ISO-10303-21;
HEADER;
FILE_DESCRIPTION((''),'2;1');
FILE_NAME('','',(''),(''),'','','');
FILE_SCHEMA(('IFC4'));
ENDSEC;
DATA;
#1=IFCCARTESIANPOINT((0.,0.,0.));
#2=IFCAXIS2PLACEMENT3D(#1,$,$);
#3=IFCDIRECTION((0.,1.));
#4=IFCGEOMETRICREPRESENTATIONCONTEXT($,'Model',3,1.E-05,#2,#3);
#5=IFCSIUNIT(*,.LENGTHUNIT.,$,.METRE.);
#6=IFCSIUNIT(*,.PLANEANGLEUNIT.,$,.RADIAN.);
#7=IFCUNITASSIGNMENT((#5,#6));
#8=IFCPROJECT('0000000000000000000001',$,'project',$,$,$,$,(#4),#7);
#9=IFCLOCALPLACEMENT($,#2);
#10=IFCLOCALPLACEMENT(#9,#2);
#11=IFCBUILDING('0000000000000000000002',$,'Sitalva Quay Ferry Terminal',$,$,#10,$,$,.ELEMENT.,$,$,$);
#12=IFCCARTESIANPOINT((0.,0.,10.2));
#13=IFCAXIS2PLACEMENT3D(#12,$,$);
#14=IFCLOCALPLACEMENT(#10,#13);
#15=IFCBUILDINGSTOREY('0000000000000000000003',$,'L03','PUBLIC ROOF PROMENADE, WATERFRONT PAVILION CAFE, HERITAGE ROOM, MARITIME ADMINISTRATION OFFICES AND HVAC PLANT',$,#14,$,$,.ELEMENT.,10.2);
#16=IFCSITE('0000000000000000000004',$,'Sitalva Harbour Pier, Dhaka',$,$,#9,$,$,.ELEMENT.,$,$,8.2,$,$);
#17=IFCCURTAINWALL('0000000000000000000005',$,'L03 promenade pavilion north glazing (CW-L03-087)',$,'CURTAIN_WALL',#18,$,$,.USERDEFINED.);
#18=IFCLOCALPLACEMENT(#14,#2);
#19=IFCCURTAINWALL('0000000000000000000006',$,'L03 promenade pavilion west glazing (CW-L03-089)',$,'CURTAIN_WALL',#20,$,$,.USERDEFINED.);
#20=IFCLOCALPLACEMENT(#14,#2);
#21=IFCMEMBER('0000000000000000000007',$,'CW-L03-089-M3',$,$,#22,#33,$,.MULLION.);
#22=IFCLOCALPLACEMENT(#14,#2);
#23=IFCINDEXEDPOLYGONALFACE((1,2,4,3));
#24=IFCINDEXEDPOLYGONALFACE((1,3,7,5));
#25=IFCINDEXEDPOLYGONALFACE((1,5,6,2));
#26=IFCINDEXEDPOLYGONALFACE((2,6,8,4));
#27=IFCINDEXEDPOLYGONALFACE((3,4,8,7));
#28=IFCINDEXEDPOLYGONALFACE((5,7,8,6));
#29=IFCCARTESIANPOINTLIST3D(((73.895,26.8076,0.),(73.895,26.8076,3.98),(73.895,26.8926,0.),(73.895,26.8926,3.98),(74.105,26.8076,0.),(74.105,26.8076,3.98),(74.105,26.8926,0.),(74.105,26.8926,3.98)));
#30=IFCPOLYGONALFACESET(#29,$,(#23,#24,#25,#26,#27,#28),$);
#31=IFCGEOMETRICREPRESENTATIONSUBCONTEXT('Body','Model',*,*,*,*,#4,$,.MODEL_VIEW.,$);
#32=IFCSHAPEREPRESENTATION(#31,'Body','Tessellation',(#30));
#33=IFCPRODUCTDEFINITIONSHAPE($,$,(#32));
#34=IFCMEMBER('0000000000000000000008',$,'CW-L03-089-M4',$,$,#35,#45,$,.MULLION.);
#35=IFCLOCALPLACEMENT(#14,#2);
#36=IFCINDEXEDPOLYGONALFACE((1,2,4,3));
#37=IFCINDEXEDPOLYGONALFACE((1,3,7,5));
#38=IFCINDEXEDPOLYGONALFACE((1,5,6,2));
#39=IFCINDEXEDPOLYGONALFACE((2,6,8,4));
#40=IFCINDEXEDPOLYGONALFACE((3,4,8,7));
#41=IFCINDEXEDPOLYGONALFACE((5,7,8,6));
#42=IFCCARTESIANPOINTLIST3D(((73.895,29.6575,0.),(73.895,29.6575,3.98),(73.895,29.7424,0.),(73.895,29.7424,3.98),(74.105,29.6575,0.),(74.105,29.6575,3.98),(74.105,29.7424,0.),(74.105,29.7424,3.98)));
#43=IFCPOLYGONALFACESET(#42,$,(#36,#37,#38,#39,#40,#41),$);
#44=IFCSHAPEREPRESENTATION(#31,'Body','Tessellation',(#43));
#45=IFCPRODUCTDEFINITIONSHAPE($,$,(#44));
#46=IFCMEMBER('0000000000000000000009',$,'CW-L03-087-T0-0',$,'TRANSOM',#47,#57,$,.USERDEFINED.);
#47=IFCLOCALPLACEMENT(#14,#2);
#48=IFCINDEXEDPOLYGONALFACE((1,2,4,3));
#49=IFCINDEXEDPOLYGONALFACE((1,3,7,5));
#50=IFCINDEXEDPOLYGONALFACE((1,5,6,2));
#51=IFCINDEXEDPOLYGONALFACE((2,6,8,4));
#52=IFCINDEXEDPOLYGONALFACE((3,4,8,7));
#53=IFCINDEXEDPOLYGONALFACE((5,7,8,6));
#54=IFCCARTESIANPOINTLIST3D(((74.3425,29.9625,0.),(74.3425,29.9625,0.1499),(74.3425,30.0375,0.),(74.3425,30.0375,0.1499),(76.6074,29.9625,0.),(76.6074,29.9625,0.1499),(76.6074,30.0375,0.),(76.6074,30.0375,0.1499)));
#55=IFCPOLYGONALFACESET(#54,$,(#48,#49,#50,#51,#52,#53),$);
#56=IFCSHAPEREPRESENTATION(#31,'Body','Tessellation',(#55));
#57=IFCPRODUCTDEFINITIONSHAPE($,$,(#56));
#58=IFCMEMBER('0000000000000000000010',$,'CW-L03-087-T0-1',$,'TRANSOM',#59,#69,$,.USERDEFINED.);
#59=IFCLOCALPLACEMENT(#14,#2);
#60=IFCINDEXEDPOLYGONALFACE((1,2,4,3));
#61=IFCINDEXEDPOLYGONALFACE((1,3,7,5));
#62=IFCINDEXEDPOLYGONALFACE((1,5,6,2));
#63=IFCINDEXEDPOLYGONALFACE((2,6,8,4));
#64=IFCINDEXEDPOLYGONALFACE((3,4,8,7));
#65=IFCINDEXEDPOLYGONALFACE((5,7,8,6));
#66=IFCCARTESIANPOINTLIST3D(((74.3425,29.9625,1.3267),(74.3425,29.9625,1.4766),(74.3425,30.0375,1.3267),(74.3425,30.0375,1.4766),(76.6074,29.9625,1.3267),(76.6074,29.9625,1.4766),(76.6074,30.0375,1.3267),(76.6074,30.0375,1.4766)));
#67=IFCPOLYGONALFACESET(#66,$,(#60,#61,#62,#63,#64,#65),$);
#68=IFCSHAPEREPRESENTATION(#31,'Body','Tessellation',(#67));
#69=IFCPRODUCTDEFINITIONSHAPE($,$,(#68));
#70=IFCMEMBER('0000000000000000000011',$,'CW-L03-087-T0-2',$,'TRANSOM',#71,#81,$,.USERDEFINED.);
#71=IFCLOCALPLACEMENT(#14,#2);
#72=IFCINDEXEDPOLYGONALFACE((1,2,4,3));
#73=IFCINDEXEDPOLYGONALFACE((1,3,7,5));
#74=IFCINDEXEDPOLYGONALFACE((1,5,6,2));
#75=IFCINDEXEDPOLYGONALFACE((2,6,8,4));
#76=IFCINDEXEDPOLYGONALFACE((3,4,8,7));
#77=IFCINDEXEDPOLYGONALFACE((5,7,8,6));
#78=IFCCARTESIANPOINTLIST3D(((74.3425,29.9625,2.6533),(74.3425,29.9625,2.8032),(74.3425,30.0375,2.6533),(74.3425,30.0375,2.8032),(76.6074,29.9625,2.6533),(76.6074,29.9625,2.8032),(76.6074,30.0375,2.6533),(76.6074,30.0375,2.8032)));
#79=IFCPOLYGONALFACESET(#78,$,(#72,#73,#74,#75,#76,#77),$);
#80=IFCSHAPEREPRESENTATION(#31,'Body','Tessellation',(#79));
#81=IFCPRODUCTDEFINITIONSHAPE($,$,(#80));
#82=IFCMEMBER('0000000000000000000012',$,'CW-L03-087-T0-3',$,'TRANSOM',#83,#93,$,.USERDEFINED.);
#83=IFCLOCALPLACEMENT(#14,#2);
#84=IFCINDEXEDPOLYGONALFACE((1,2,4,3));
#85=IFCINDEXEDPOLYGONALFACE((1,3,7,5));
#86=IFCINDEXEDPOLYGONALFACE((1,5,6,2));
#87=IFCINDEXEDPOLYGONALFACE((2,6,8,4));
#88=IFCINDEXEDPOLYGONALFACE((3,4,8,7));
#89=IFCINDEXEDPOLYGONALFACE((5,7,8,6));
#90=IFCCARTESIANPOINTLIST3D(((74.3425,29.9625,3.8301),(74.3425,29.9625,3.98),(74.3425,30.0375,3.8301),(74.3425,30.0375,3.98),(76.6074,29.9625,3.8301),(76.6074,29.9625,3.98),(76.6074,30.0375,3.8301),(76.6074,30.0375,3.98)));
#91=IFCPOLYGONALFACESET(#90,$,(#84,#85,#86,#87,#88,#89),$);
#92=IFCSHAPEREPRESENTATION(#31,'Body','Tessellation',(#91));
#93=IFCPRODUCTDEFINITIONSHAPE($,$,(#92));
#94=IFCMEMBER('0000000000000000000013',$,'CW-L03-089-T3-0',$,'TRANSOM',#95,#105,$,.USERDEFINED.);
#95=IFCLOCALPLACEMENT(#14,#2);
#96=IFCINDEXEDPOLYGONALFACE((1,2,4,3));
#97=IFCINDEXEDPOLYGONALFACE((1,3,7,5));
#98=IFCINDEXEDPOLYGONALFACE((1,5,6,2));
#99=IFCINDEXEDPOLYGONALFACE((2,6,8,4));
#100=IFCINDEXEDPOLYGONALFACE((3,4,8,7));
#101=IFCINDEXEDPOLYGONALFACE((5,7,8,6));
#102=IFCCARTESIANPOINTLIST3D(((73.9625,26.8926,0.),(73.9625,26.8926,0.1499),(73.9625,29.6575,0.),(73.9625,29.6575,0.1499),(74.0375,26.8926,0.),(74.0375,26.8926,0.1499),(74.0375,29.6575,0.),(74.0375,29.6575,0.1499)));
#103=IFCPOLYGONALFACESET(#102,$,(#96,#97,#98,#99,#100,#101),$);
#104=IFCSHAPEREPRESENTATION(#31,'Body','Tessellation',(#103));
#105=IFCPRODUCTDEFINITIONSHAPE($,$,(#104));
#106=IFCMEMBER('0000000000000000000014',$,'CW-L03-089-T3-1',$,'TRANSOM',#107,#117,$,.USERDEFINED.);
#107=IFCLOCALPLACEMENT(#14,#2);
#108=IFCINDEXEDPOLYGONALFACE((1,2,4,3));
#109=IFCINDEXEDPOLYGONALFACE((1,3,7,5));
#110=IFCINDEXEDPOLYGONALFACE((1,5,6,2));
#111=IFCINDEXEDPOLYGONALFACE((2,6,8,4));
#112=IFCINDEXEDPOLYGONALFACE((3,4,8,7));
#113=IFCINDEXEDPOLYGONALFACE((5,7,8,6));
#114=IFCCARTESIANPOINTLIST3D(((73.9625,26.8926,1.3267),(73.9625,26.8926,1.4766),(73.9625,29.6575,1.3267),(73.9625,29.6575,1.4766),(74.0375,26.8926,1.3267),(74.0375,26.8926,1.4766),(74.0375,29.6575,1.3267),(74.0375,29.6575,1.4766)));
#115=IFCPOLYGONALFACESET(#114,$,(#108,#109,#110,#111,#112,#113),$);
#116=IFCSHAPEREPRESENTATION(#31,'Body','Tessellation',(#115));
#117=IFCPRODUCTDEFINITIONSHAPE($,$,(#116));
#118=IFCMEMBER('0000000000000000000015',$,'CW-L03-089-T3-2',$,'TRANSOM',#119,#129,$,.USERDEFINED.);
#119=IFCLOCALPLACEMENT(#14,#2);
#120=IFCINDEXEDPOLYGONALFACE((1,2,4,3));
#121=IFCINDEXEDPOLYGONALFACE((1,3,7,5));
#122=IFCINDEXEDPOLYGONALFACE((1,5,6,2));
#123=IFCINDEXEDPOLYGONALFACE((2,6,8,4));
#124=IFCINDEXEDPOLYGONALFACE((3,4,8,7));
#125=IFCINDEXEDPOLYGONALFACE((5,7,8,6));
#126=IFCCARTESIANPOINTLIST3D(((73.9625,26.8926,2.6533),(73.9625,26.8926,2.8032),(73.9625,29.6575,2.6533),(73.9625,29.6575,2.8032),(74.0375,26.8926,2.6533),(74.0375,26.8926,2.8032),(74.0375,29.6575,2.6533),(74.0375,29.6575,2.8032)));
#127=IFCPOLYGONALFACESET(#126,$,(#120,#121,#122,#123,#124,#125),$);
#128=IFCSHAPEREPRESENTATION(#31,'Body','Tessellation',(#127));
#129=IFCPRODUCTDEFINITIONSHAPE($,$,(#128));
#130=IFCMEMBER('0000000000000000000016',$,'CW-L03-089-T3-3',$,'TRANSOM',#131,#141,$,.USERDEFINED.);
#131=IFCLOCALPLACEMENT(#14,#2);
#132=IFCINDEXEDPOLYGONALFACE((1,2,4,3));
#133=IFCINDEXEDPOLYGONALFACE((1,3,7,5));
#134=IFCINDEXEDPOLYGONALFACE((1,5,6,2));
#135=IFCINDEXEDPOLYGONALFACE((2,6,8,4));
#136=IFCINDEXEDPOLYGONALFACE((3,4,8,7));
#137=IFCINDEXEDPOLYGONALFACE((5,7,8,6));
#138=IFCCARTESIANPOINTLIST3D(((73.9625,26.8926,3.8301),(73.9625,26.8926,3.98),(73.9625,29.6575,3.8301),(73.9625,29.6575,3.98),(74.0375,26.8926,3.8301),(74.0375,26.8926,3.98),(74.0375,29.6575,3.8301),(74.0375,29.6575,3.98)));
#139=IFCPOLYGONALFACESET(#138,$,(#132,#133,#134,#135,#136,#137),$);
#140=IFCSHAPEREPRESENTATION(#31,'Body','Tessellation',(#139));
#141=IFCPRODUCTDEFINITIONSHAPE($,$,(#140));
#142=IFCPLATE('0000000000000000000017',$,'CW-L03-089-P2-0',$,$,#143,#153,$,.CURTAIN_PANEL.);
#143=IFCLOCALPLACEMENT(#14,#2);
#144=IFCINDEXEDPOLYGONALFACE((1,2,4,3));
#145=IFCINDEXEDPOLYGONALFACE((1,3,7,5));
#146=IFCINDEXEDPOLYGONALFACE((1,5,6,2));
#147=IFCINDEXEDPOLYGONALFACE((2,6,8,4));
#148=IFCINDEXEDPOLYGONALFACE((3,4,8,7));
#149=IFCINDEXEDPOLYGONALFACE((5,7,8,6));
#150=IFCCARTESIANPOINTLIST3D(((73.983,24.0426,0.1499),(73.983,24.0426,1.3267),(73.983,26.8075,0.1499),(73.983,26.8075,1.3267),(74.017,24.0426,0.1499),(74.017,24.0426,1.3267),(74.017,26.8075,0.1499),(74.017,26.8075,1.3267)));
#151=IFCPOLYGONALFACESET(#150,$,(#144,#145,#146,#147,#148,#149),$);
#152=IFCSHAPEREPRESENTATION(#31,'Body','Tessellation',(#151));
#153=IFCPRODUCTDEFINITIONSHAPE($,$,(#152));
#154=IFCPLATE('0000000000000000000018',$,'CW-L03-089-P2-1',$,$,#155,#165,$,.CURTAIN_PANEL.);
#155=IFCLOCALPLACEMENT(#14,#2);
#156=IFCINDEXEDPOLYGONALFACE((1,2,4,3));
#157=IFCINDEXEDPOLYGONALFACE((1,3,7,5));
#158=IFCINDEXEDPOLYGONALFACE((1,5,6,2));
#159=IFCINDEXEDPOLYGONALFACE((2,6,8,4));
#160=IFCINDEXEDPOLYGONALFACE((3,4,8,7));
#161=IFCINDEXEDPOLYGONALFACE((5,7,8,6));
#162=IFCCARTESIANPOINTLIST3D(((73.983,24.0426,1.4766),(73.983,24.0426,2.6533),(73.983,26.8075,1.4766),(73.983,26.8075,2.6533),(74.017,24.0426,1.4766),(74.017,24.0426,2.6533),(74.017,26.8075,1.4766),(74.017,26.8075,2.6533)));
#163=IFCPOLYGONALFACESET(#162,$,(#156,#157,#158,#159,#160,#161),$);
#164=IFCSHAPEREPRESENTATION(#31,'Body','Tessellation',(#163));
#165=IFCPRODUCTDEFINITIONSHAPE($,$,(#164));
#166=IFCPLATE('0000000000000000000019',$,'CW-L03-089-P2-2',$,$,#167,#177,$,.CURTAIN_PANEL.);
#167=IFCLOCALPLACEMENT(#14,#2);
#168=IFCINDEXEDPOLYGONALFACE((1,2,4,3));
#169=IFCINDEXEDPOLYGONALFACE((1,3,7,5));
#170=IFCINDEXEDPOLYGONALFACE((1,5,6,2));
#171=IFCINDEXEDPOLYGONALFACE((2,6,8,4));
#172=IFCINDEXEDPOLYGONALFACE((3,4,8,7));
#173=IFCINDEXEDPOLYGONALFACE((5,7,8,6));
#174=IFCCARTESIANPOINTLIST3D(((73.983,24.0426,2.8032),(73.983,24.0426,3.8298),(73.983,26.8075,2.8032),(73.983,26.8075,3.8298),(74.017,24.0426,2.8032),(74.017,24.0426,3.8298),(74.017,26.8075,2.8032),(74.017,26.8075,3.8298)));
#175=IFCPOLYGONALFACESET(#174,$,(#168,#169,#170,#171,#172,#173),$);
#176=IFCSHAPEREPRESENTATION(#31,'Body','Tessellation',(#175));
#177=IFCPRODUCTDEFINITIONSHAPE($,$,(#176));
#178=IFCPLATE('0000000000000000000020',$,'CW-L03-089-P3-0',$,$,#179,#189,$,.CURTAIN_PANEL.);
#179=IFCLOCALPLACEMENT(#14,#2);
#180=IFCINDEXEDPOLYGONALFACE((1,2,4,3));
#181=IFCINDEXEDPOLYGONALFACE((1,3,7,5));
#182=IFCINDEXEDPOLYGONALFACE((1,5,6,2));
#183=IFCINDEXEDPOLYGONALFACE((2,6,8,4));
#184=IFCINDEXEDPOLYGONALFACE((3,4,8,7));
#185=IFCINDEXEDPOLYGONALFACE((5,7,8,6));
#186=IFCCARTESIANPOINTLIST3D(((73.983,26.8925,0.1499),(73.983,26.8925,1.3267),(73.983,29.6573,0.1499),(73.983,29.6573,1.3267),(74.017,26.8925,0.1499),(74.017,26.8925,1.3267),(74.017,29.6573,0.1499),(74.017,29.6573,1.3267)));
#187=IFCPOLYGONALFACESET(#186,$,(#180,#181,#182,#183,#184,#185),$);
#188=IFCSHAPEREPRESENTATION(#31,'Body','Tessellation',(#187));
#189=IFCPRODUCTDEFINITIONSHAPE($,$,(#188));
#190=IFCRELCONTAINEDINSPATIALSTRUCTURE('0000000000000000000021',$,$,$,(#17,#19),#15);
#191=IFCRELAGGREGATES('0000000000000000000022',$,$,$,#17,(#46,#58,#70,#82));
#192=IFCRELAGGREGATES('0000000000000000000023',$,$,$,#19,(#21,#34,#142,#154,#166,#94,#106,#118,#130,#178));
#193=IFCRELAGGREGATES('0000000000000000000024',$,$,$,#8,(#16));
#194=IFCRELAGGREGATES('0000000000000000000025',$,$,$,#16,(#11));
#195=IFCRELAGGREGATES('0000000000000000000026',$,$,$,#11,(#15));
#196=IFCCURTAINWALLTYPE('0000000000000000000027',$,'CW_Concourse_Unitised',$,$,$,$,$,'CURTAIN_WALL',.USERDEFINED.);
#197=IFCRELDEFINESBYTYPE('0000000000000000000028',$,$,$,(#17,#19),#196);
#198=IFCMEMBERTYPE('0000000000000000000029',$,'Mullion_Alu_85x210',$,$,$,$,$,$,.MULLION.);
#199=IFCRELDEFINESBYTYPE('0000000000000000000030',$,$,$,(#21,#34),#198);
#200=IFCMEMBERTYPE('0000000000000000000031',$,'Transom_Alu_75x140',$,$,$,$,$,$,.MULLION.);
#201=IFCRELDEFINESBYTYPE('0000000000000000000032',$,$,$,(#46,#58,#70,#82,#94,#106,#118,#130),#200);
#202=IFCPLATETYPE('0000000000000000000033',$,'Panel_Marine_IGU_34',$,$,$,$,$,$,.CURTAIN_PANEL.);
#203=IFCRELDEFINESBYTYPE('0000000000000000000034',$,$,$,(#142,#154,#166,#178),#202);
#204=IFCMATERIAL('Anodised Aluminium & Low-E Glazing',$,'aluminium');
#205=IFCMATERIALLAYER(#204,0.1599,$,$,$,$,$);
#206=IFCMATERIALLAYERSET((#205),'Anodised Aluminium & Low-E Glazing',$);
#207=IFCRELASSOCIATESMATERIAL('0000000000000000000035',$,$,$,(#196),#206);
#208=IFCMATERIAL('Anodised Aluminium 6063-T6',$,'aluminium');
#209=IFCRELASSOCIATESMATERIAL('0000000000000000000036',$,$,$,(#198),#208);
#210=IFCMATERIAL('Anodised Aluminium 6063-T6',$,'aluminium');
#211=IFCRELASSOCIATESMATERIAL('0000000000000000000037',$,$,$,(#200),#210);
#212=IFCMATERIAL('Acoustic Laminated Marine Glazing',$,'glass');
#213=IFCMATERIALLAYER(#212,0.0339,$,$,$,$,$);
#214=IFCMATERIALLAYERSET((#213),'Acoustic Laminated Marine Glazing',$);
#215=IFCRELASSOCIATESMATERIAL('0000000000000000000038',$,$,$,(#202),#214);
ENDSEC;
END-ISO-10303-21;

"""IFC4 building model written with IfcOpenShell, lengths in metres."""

from ifc_helpers import new_model, si_unit, direction, frame, origin, origin_2d, place, context, subcontext, project, spatial, rectangle, extrude, material, layer, layer_set, material_profile, profile_set, type_object, element, aggregate, save


model = new_model("IFC4")

# Units and contexts
model_context = context("Model", 3, precision=1e-05, world=origin(), true_north=direction((0.0, 1.0)))
body_context = subcontext(model_context, "Body", "Model", "MODEL_VIEW")
ifc_project = project(units=[si_unit("LENGTHUNIT", "METRE"), si_unit("PLANEANGLEUNIT", "RADIAN")], contexts=[model_context])

# Site, building, storey
site_placement = place(None, origin())
site = spatial("IfcSite", under=ifc_project, at=site_placement, Name="Sitalva Harbour Pier, Dhaka", CompositionType="ELEMENT", RefElevation=8.2)
building_placement = place(site_placement, origin())
building = spatial("IfcBuilding", under=site, at=building_placement, Name="Sitalva Quay Ferry Terminal", CompositionType="ELEMENT")
storey_placement = place(building_placement, frame((0.0, 0.0, 10.2)))
storey = spatial("IfcBuildingStorey", under=building, at=storey_placement, Name="L03", Description="PUBLIC ROOF PROMENADE, WATERFRONT PAVILION CAFE, HERITAGE ROOM, MARITIME ADMINISTRATION OFFICES AND HVAC PLANT", CompositionType="ELEMENT", Elevation=10.2)

# Curtain wall
ifc_material_1 = material(Name="Anodised Aluminium & Low-E Glazing", Category="aluminium")
ifc_layer_1 = layer(ifc_material_1, 0.1599)
ifc_layer_set_1 = layer_set([ifc_layer_1], Name="Anodised Aluminium & Low-E Glazing")
curtain_wall_type = type_object("IfcCurtainWallType", Name="CW_Concourse_Unitised", ElementType="CURTAIN_WALL", PredefinedType="USERDEFINED", material=ifc_layer_set_1)
curtain_wall_1_placement = place(storey_placement, origin())
curtain_wall_1 = element("IfcCurtainWall", 1, at=curtain_wall_1_placement, inside=storey, type_object=curtain_wall_type, Name="L03 promenade pavilion north glazing (CW-L03-087)", ObjectType="CURTAIN_WALL", PredefinedType="USERDEFINED")
ifc_material_2 = material(Name="Anodised Aluminium 6063-T6", Category="aluminium")
ifc_material_profile_1 = material_profile(ifc_material_2, rectangle(XDim=0.085, YDim=0.21, at=origin_2d()), Name="ALU85x210")
ifc_profile_set_1 = profile_set([ifc_material_profile_1], Name="Anodised Aluminium 6063-T6")
member_type_1 = type_object("IfcMemberType", Name="Mullion_Alu_85x210", PredefinedType="MULLION", material=ifc_profile_set_1)

# Curtain wall, members
curtain_wall_2_placement = place(storey_placement, origin())
curtain_wall_2 = element("IfcCurtainWall", 2, at=curtain_wall_2_placement, inside=storey, type_object=curtain_wall_type, Name="L03 promenade pavilion west glazing (CW-L03-089)", ObjectType="CURTAIN_WALL", PredefinedType="USERDEFINED")
member_1_placement = place(storey_placement, frame((74.0, 26.8501, 0.0), z_axis=(0.0, 0.0, 1.0), x_axis=(0.0, 1.0, 0.0)))
member_1 = element("IfcMember", 3, at=member_1_placement, type_object=member_type_1, Name="CW-L03-089-M3", PredefinedType="MULLION", context=body_context, shape_type="SweptSolid", body=[
    extrude(rectangle(XDim=0.085, YDim=0.21, at=origin_2d()), origin(), (0.0, 0.0, 1.0), 3.98),
])
member_2_placement = place(storey_placement, frame((74.0, 29.7, 0.0), z_axis=(0.0, 0.0, 1.0), x_axis=(0.0, 1.0, 0.0)))
member_2 = element("IfcMember", 4, at=member_2_placement, type_object=member_type_1, Name="CW-L03-089-M4", PredefinedType="MULLION", context=body_context, shape_type="SweptSolid", body=[
    extrude(rectangle(XDim=0.085, YDim=0.21, at=origin_2d()), origin(), (0.0, 0.0, 1.0), 3.98),
])

# Members
ifc_material_3 = material(Name="Anodised Aluminium 6063-T6", Category="aluminium")
ifc_material_profile_2 = material_profile(ifc_material_3, rectangle(XDim=0.075, YDim=0.1499, at=origin_2d()), Name="ALU75x150")
ifc_profile_set_2 = profile_set([ifc_material_profile_2], Name="Anodised Aluminium 6063-T6")
member_type_2 = type_object("IfcMemberType", Name="Transom_Alu_75x140", PredefinedType="MULLION", material=ifc_profile_set_2)
member_3_placement = place(storey_placement, frame((74.3425, 30.0, 0.075), z_axis=(1.0, 0.0, 0.0), x_axis=(0.0, 1.0, 0.0)))
member_3 = element("IfcMember", 5, at=member_3_placement, type_object=member_type_2, Name="CW-L03-087-T0-0", ObjectType="TRANSOM", PredefinedType="USERDEFINED", context=body_context, shape_type="SweptSolid", body=[
    extrude(rectangle(XDim=0.075, YDim=0.1499, at=origin_2d()), origin(), (0.0, 0.0, 1.0), 2.2649),
])
member_4_placement = place(storey_placement, frame((74.3425, 30.0, 1.4016), z_axis=(1.0, 0.0, 0.0), x_axis=(0.0, 1.0, 0.0)))
member_4 = element("IfcMember", 6, at=member_4_placement, type_object=member_type_2, Name="CW-L03-087-T0-1", ObjectType="TRANSOM", PredefinedType="USERDEFINED", context=body_context, shape_type="SweptSolid", body=[
    extrude(rectangle(XDim=0.075, YDim=0.1499, at=origin_2d()), origin(), (0.0, 0.0, 1.0), 2.2649),
])
member_5_placement = place(storey_placement, frame((74.3425, 30.0, 2.7283), z_axis=(1.0, 0.0, 0.0), x_axis=(0.0, 1.0, 0.0)))
member_5 = element("IfcMember", 7, at=member_5_placement, type_object=member_type_2, Name="CW-L03-087-T0-2", ObjectType="TRANSOM", PredefinedType="USERDEFINED", context=body_context, shape_type="SweptSolid", body=[
    extrude(rectangle(XDim=0.075, YDim=0.1499, at=origin_2d()), origin(), (0.0, 0.0, 1.0), 2.2649),
])
member_6_placement = place(storey_placement, frame((74.3425, 30.0, 3.905), z_axis=(1.0, 0.0, 0.0), x_axis=(0.0, 1.0, 0.0)))
member_6 = element("IfcMember", 8, at=member_6_placement, type_object=member_type_2, Name="CW-L03-087-T0-3", ObjectType="TRANSOM", PredefinedType="USERDEFINED", context=body_context, shape_type="SweptSolid", body=[
    extrude(rectangle(XDim=0.075, YDim=0.1499, at=origin_2d()), origin(), (0.0, 0.0, 1.0), 2.2649),
])
aggregate(curtain_wall_1, [member_3, member_4, member_5, member_6])
member_7_placement = place(storey_placement, frame((74.0, 26.8926, 0.075), z_axis=(0.0, 1.0, 0.0), x_axis=(-1.0, 0.0, 0.0)))
member_7 = element("IfcMember", 9, at=member_7_placement, type_object=member_type_2, Name="CW-L03-089-T3-0", ObjectType="TRANSOM", PredefinedType="USERDEFINED", context=body_context, shape_type="SweptSolid", body=[
    extrude(rectangle(XDim=0.075, YDim=0.1499, at=origin_2d()), origin(), (0.0, 0.0, 1.0), 2.7649),
])
member_8_placement = place(storey_placement, frame((74.0, 26.8926, 1.4016), z_axis=(0.0, 1.0, 0.0), x_axis=(-1.0, 0.0, 0.0)))
member_8 = element("IfcMember", 10, at=member_8_placement, type_object=member_type_2, Name="CW-L03-089-T3-1", ObjectType="TRANSOM", PredefinedType="USERDEFINED", context=body_context, shape_type="SweptSolid", body=[
    extrude(rectangle(XDim=0.075, YDim=0.1499, at=origin_2d()), origin(), (0.0, 0.0, 1.0), 2.7649),
])
member_9_placement = place(storey_placement, frame((74.0, 26.8926, 2.7283), z_axis=(0.0, 1.0, 0.0), x_axis=(-1.0, 0.0, 0.0)))
member_9 = element("IfcMember", 11, at=member_9_placement, type_object=member_type_2, Name="CW-L03-089-T3-2", ObjectType="TRANSOM", PredefinedType="USERDEFINED", context=body_context, shape_type="SweptSolid", body=[
    extrude(rectangle(XDim=0.075, YDim=0.1499, at=origin_2d()), origin(), (0.0, 0.0, 1.0), 2.7649),
])
member_10_placement = place(storey_placement, frame((74.0, 26.8926, 3.905), z_axis=(0.0, 1.0, 0.0), x_axis=(-1.0, 0.0, 0.0)))
member_10 = element("IfcMember", 12, at=member_10_placement, type_object=member_type_2, Name="CW-L03-089-T3-3", ObjectType="TRANSOM", PredefinedType="USERDEFINED", context=body_context, shape_type="SweptSolid", body=[
    extrude(rectangle(XDim=0.075, YDim=0.1499, at=origin_2d()), origin(), (0.0, 0.0, 1.0), 2.7649),
])

# Plates
ifc_material_4 = material(Name="Acoustic Laminated Marine Glazing", Category="glass")
ifc_layer_2 = layer(ifc_material_4, 0.0339)
ifc_layer_set_2 = layer_set([ifc_layer_2], Name="Acoustic Laminated Marine Glazing")
plate_type = type_object("IfcPlateType", Name="Panel_Marine_IGU_34", PredefinedType="CURTAIN_PANEL", material=ifc_layer_set_2)
plate_1_placement = place(storey_placement, frame((74.0, 25.425, 0.1499), z_axis=(0.0, 0.0, 1.0), x_axis=(0.0, 1.0, 0.0)))
plate_1 = element("IfcPlate", 13, at=plate_1_placement, type_object=plate_type, Name="CW-L03-089-P2-0", PredefinedType="CURTAIN_PANEL", context=body_context, shape_type="SweptSolid", body=[
    extrude(rectangle(XDim=2.7649, YDim=0.0339, at=origin_2d()), origin(), (0.0, 0.0, 1.0), 1.1768),
])
plate_2_placement = place(storey_placement, frame((74.0, 25.425, 1.4766), z_axis=(0.0, 0.0, 1.0), x_axis=(0.0, 1.0, 0.0)))
plate_2 = element("IfcPlate", 14, at=plate_2_placement, type_object=plate_type, Name="CW-L03-089-P2-1", PredefinedType="CURTAIN_PANEL", context=body_context, shape_type="SweptSolid", body=[
    extrude(rectangle(XDim=2.7649, YDim=0.0339, at=origin_2d()), origin(), (0.0, 0.0, 1.0), 1.1768),
])
plate_3_placement = place(storey_placement, frame((74.0, 25.425, 2.8032), z_axis=(0.0, 0.0, 1.0), x_axis=(0.0, 1.0, 0.0)))
plate_3 = element("IfcPlate", 15, at=plate_3_placement, type_object=plate_type, Name="CW-L03-089-P2-2", PredefinedType="CURTAIN_PANEL", context=body_context, shape_type="SweptSolid", body=[
    extrude(rectangle(XDim=2.7649, YDim=0.0339, at=origin_2d()), origin(), (0.0, 0.0, 1.0), 1.0266),
])
plate_4_placement = place(storey_placement, frame((74.0, 28.2749, 0.1499), z_axis=(0.0, 0.0, 1.0), x_axis=(0.0, 1.0, 0.0)))
plate_4 = element("IfcPlate", 16, at=plate_4_placement, type_object=plate_type, Name="CW-L03-089-P3-0", PredefinedType="CURTAIN_PANEL", context=body_context, shape_type="SweptSolid", body=[
    extrude(rectangle(XDim=2.7649, YDim=0.0339, at=origin_2d()), origin(), (0.0, 0.0, 1.0), 1.1768),
])
aggregate(curtain_wall_2, [member_1, member_2, plate_1, plate_2, plate_3, member_7, member_8, member_9, member_10, plate_4])

save(model, "model.ifc")
